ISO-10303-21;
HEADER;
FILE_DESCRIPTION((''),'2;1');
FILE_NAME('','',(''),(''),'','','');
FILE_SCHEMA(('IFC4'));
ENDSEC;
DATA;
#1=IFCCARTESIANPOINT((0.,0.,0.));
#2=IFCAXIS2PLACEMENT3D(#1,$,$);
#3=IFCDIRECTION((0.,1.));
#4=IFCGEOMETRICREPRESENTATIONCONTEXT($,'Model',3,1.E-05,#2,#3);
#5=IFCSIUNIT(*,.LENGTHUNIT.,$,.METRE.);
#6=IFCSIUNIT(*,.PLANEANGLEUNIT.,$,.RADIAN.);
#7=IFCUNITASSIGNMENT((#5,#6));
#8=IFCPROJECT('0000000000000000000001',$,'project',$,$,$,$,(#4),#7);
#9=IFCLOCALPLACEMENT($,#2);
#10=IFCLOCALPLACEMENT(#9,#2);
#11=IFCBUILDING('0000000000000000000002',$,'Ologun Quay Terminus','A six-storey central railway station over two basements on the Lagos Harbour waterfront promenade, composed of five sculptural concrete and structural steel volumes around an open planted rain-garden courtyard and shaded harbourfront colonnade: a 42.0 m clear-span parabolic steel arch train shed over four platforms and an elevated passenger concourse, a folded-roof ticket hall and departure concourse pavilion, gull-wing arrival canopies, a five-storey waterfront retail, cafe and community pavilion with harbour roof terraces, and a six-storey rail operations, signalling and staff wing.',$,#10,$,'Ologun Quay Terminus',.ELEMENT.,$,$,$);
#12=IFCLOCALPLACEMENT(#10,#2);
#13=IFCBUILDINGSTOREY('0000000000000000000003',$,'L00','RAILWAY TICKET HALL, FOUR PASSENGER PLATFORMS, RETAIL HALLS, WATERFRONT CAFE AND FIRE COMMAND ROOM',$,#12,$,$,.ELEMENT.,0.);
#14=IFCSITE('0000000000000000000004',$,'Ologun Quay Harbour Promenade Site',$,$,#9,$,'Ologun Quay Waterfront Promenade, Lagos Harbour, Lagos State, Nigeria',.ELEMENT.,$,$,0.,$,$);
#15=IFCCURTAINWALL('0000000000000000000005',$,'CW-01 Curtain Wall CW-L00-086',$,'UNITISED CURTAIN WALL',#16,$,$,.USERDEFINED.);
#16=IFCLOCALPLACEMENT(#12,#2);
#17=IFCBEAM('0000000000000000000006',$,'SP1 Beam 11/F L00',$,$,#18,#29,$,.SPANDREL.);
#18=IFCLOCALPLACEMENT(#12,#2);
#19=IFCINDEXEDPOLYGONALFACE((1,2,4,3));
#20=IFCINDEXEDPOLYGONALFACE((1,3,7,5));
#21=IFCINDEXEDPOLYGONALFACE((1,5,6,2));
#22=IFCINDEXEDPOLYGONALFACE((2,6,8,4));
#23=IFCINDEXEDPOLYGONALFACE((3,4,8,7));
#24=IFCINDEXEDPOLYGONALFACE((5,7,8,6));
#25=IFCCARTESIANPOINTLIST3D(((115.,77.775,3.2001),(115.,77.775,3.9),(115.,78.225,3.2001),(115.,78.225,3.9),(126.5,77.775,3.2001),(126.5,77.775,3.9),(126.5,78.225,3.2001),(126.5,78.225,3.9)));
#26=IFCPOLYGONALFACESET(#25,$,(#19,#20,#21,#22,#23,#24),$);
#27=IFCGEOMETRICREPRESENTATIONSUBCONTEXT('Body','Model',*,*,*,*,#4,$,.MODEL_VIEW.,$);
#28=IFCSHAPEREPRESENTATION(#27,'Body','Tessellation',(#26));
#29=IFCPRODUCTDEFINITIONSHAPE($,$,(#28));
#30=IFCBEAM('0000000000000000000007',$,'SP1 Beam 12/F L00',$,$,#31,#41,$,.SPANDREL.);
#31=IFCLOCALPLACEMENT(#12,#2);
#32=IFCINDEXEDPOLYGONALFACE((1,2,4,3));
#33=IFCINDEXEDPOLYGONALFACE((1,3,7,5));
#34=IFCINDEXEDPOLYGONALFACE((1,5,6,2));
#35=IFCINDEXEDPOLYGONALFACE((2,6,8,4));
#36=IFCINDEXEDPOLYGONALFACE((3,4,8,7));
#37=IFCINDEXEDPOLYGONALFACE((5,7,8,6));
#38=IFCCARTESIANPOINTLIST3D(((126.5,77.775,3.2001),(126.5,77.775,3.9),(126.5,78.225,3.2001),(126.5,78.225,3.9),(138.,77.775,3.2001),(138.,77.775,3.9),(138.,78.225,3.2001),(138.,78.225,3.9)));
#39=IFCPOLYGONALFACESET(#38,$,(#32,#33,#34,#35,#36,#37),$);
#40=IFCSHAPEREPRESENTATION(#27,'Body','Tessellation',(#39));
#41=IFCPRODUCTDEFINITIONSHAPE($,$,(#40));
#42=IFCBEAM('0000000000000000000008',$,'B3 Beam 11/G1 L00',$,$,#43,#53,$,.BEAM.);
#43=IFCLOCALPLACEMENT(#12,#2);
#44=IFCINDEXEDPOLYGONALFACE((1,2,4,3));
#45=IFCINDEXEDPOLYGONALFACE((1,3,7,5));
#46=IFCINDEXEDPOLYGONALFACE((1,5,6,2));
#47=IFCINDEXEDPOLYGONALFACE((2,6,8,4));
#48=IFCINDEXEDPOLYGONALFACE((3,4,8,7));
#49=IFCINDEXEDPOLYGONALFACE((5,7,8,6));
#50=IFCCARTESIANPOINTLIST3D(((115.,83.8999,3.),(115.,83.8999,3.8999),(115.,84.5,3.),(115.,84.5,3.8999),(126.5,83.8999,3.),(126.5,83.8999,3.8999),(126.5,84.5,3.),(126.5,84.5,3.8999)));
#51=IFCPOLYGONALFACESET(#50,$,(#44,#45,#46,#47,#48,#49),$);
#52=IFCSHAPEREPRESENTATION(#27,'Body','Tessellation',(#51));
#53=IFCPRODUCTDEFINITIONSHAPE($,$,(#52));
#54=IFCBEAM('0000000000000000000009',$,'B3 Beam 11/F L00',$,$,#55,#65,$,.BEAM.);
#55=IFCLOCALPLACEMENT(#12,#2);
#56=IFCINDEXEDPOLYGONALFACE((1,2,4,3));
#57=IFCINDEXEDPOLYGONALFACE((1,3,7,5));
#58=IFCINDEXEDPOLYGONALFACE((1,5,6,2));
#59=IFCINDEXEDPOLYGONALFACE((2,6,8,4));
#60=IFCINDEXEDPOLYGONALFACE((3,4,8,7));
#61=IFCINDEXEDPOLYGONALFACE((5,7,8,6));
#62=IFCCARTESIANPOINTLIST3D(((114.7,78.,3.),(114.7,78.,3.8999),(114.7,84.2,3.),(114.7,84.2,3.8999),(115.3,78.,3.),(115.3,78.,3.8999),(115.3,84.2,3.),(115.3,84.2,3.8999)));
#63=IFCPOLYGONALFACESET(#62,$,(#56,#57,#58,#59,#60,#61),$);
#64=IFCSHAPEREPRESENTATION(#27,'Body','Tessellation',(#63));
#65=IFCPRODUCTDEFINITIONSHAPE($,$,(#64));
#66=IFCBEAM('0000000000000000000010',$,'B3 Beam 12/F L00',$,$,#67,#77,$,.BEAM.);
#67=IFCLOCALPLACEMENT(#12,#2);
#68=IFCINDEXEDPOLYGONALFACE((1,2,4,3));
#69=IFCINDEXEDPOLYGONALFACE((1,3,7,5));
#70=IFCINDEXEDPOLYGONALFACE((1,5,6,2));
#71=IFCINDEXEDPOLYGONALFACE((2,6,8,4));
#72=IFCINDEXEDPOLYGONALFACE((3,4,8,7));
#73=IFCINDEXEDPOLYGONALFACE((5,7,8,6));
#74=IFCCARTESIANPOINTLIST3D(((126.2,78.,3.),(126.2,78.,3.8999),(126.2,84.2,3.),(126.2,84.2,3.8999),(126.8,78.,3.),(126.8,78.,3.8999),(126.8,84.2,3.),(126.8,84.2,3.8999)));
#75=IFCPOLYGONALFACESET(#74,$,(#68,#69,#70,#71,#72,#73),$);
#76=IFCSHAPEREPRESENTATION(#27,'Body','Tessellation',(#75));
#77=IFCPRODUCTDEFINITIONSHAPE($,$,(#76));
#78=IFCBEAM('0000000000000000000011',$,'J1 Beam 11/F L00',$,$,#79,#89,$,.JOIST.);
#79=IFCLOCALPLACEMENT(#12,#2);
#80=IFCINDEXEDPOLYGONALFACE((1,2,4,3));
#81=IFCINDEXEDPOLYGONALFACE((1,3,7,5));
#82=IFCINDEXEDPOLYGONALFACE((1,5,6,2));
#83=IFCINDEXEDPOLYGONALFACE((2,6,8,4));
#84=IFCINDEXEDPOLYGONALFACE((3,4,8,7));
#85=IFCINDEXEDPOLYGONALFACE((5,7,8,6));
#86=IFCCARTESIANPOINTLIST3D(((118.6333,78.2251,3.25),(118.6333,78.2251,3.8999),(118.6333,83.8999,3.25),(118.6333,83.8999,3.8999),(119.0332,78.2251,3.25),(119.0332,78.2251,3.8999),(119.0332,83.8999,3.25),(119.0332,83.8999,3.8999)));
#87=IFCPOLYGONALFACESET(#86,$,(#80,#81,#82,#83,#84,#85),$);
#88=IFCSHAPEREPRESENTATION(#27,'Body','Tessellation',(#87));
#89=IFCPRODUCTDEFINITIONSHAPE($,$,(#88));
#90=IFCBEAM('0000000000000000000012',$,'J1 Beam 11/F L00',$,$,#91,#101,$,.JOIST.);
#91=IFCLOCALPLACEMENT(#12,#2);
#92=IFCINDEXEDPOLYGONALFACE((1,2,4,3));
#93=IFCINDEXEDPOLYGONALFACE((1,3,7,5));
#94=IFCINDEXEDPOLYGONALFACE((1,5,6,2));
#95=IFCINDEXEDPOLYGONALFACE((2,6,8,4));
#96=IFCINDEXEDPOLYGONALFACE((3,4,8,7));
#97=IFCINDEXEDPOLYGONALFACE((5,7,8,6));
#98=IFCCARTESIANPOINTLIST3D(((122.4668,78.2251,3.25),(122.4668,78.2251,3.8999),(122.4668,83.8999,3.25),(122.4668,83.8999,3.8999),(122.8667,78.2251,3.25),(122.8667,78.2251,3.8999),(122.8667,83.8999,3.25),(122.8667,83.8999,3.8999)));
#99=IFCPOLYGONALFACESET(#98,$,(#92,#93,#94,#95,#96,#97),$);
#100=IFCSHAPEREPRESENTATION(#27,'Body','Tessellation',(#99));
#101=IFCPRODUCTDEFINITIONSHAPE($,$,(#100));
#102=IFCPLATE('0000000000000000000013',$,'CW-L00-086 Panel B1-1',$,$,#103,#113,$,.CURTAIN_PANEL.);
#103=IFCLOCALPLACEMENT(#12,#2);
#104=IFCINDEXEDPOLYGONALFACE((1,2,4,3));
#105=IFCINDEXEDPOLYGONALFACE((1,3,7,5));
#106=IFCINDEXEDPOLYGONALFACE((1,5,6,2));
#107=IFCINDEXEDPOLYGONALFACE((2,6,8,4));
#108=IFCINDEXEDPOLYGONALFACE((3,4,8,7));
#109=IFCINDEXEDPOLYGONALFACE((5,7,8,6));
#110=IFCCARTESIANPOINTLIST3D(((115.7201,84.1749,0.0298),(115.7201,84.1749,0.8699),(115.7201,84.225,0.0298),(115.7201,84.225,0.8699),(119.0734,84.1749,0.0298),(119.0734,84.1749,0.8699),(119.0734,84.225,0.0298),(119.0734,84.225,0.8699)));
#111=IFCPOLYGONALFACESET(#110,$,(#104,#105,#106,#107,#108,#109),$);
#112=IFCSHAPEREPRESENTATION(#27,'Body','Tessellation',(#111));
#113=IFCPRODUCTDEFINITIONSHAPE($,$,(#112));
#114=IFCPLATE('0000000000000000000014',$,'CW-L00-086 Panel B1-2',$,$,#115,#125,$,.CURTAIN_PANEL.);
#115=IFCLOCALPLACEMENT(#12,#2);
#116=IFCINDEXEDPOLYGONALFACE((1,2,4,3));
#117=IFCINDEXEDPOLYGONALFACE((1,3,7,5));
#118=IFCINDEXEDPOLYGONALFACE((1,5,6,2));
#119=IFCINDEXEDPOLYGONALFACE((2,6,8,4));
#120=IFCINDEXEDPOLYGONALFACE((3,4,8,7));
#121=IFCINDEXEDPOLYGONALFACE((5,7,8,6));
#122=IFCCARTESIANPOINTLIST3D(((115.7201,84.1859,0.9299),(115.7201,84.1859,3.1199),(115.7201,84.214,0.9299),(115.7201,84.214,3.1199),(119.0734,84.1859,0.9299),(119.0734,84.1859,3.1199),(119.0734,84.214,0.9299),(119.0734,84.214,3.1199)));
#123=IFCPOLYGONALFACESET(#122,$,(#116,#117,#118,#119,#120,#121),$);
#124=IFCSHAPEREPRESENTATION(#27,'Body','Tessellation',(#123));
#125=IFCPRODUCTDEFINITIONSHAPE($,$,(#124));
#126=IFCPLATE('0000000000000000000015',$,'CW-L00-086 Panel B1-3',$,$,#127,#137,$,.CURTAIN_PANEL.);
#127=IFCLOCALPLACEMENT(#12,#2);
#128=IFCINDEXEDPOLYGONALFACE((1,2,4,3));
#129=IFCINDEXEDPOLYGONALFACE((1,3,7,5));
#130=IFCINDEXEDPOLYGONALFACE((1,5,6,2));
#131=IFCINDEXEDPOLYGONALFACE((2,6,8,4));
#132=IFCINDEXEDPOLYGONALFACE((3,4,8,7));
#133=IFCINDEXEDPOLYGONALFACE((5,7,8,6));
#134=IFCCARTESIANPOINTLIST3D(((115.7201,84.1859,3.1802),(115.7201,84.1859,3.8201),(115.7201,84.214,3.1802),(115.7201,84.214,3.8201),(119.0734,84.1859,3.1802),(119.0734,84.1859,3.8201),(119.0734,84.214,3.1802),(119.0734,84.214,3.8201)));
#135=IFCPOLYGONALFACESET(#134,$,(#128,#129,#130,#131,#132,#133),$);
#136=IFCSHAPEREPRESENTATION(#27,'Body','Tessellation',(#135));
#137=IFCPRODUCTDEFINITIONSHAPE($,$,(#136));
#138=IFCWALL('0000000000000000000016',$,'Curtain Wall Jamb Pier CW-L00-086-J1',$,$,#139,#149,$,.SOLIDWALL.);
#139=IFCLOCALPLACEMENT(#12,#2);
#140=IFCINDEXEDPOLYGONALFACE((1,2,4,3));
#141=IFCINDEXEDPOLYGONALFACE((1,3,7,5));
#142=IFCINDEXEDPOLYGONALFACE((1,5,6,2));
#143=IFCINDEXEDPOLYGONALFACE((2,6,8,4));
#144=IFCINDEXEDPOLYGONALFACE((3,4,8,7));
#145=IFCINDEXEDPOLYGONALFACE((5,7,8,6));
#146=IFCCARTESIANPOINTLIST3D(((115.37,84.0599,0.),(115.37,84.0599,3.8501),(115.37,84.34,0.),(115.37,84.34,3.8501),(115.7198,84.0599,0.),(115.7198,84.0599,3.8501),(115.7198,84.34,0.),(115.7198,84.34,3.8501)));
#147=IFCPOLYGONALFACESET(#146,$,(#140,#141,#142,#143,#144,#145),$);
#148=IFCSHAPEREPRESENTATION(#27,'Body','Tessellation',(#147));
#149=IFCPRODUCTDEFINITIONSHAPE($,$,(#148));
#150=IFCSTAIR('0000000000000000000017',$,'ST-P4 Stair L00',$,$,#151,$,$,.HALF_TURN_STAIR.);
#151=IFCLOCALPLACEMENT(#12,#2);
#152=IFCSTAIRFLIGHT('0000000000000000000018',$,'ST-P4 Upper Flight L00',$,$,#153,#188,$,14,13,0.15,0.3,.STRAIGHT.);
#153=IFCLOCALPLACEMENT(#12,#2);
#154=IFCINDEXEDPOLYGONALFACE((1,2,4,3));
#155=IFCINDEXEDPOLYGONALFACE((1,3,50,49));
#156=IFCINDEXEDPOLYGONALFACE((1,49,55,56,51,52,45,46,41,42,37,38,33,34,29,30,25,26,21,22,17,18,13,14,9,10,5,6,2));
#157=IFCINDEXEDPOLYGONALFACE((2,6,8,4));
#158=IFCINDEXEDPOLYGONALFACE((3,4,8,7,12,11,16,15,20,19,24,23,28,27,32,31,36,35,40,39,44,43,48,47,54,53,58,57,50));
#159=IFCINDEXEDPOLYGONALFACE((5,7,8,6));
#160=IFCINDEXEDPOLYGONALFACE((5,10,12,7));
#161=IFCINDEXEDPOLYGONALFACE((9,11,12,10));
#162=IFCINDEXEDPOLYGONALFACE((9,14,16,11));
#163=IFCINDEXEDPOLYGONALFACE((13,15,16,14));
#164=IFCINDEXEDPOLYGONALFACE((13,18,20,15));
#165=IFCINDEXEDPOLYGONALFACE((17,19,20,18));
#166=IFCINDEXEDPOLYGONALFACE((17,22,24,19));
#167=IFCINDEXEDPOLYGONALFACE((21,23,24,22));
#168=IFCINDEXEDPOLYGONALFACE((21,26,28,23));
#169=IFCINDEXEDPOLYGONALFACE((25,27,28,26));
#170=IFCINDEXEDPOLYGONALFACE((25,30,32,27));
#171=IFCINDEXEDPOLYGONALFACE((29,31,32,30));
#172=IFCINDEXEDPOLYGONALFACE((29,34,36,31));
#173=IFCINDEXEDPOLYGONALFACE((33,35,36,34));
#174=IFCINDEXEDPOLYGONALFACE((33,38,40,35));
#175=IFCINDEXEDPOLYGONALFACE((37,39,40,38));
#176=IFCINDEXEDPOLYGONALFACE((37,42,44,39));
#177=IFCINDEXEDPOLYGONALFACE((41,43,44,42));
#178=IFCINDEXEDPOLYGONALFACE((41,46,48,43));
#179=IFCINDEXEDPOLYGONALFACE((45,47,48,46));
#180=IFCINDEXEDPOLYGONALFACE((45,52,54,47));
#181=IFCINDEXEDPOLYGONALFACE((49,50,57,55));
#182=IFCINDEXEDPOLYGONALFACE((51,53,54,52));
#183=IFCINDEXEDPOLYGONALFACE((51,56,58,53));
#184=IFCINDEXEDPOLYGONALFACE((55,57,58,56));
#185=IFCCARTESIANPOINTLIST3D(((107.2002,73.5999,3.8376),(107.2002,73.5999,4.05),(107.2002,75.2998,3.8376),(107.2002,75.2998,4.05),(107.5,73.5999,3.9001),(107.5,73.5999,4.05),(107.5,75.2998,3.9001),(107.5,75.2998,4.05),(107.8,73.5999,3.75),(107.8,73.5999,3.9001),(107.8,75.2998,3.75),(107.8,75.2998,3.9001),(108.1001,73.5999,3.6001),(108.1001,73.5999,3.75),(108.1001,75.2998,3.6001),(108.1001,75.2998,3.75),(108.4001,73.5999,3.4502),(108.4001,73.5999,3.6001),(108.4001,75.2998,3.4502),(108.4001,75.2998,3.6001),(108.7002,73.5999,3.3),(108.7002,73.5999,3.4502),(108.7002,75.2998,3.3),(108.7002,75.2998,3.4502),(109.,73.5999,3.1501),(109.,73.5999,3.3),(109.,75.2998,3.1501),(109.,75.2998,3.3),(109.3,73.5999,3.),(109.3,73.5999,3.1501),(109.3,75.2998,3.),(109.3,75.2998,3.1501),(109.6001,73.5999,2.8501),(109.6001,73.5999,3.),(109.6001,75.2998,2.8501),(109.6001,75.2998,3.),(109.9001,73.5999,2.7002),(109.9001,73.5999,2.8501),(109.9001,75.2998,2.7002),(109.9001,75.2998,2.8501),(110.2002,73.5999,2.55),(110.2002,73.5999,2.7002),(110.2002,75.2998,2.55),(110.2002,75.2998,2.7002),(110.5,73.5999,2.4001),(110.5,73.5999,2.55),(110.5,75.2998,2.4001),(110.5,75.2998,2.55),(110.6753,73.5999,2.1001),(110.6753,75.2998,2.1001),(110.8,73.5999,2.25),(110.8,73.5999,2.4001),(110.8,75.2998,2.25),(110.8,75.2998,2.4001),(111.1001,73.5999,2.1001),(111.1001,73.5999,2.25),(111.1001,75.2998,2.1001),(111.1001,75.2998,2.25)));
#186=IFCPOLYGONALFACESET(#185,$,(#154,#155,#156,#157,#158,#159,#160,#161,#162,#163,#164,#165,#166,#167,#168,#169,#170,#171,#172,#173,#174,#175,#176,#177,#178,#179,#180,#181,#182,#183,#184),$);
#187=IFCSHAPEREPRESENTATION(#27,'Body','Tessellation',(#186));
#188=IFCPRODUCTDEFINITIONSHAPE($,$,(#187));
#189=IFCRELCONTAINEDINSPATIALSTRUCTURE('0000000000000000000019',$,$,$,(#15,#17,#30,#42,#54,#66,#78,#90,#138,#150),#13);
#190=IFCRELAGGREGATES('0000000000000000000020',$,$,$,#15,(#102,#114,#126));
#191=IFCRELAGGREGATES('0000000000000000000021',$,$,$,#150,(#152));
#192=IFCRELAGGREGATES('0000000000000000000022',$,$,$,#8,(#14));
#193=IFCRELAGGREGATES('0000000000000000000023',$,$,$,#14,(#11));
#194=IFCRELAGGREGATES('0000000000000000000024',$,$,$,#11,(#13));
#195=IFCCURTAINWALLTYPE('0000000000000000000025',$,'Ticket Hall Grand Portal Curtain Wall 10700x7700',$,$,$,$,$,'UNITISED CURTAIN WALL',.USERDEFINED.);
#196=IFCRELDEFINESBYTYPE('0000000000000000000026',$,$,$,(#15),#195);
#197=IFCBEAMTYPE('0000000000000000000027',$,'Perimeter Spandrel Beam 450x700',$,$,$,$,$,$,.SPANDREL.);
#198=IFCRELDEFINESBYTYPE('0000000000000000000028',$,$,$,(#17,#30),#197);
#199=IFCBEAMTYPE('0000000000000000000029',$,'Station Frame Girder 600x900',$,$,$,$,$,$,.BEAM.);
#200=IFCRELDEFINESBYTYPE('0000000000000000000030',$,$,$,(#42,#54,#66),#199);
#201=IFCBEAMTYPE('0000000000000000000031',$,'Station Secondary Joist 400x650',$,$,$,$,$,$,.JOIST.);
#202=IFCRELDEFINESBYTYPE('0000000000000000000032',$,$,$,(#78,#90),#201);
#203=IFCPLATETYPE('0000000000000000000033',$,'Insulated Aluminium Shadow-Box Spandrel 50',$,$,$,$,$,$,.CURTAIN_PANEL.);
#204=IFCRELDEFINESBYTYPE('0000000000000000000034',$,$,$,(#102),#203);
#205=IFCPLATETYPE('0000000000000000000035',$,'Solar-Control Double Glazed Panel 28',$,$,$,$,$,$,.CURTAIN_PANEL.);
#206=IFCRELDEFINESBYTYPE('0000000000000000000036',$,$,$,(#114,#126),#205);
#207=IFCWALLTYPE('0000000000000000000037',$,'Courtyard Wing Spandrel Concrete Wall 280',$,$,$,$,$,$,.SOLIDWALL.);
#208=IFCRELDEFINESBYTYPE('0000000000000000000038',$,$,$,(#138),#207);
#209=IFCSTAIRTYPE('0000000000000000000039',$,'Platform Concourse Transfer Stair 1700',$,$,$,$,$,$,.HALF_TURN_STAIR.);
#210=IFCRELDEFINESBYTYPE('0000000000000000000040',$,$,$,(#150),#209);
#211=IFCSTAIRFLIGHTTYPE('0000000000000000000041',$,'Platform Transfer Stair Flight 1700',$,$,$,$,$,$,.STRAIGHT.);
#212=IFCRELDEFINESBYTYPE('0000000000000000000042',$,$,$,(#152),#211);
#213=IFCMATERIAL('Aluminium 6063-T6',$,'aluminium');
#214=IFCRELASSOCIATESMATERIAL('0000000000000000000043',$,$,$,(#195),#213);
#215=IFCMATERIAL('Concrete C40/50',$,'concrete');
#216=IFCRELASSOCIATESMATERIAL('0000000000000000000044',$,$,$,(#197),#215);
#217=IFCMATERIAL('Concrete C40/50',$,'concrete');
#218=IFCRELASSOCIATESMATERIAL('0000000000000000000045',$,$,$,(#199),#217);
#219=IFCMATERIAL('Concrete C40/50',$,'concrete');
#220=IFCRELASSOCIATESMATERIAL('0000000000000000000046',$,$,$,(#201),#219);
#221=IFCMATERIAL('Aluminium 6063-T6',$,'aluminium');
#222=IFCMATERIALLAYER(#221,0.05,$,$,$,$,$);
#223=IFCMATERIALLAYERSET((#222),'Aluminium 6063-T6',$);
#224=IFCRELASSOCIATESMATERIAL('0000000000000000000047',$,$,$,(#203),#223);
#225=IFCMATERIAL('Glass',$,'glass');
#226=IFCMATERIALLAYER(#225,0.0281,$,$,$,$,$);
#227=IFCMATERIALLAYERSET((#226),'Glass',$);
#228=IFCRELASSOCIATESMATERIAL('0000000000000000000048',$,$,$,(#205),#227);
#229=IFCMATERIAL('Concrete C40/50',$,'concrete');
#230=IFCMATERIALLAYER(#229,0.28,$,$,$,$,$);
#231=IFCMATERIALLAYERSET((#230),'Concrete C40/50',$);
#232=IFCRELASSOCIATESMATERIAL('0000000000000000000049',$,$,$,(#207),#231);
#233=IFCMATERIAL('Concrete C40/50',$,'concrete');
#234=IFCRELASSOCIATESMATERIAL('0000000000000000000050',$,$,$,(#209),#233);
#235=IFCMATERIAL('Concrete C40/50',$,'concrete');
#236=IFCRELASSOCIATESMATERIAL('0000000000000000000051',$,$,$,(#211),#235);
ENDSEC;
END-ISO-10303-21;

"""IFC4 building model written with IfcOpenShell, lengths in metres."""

from ifc_helpers import new_model, si_unit, direction, frame, frame_2d, origin, origin_2d, place, context, subcontext, project, spatial, polyline, rectangle, outline, extrude, material, layer, layer_set, material_profile, profile_set, type_object, element, aggregate, save


model = new_model("IFC4")

# Units and contexts
model_context = context("Model", 3, precision=1e-05, world=origin(), true_north=direction((0.0, 1.0)))
body_context = subcontext(model_context, "Body", "Model", "MODEL_VIEW")
ifc_project = project(units=[si_unit("LENGTHUNIT", "METRE"), si_unit("PLANEANGLEUNIT", "RADIAN")], contexts=[model_context])

# Site, building, storey
site_placement = place(None, origin())
site = spatial("IfcSite", under=ifc_project, at=site_placement, Name="Ologun Quay Harbour Promenade Site", LongName="Ologun Quay Waterfront Promenade, Lagos Harbour, Lagos State, Nigeria", CompositionType="ELEMENT", RefElevation=0.0)
building_placement = place(site_placement, origin())
building = spatial("IfcBuilding", under=site, at=building_placement, Name="Ologun Quay Terminus", Description="A six-storey central railway station over two basements on the Lagos Harbour waterfront promenade, composed of five sculptural concrete and structural steel volumes around an open planted rain-garden courtyard and shaded harbourfront colonnade: a 42.0 m clear-span parabolic steel arch train shed over four platforms and an elevated passenger concourse, a folded-roof ticket hall and departure concourse pavilion, gull-wing arrival canopies, a five-storey waterfront retail, cafe and community pavilion with harbour roof terraces, and a six-storey rail operations, signalling and staff wing.", LongName="Ologun Quay Terminus", CompositionType="ELEMENT")
storey_placement = place(building_placement, origin())
storey = spatial("IfcBuildingStorey", under=building, at=storey_placement, Name="L00", Description="RAILWAY TICKET HALL, FOUR PASSENGER PLATFORMS, RETAIL HALLS, WATERFRONT CAFE AND FIRE COMMAND ROOM", CompositionType="ELEMENT", Elevation=0.0)

# Curtain wall
ifc_material_1 = material(Name="Aluminium 6063-T6", Category="aluminium")
curtain_wall_type = type_object("IfcCurtainWallType", Name="Ticket Hall Grand Portal Curtain Wall 10700x7700", ElementType="UNITISED CURTAIN WALL", PredefinedType="USERDEFINED", material=ifc_material_1)
curtain_wall_placement = place(storey_placement, origin())
curtain_wall = element("IfcCurtainWall", 1, at=curtain_wall_placement, inside=storey, type_object=curtain_wall_type, Name="CW-01 Curtain Wall CW-L00-086", ObjectType="UNITISED CURTAIN WALL", PredefinedType="USERDEFINED")

# Beams
ifc_material_2 = material(Name="Concrete C40/50", Category="concrete")
ifc_material_profile_1 = material_profile(ifc_material_2, rectangle(XDim=0.45, YDim=0.7, at=origin_2d()), Name="RC 450x700")
ifc_profile_set_1 = profile_set([ifc_material_profile_1], Name="Concrete C40/50")
beam_type_1 = type_object("IfcBeamType", Name="Perimeter Spandrel Beam 450x700", PredefinedType="SPANDREL", material=ifc_profile_set_1)
for number, where, z_axis, x_axis, name in (
    (2, (115.0, 78.0, 3.55), (1.0, 0.0, 0.0), (0.0, 1.0, 0.0), "SP1 Beam 11/F L00"),
    (3, (126.5, 78.0, 3.55), (1.0, 0.0, 0.0), (0.0, 1.0, 0.0), "SP1 Beam 12/F L00"),
):
    element("IfcBeam", number, at=place(storey_placement, frame(where, z_axis=z_axis, x_axis=x_axis)), inside=storey, type_object=beam_type_1, Name=name, PredefinedType="SPANDREL", context=body_context, shape_type="SweptSolid", body=[
        extrude(rectangle(XDim=0.45, YDim=0.7, at=origin_2d()), origin(), (0.0, 0.0, 1.0), 11.5),
    ])
ifc_material_3 = material(Name="Concrete C40/50", Category="concrete")
ifc_material_profile_2 = material_profile(ifc_material_3, rectangle(XDim=0.6001, YDim=0.8999, at=origin_2d()), Name="RC 600x900")
ifc_profile_set_2 = profile_set([ifc_material_profile_2], Name="Concrete C40/50")
beam_type_2 = type_object("IfcBeamType", Name="Station Frame Girder 600x900", PredefinedType="BEAM", material=ifc_profile_set_2)
beam_placement = place(storey_placement, frame((115.0, 84.2, 3.45), z_axis=(1.0, 0.0, 0.0), x_axis=(0.0, 1.0, 0.0)))
element("IfcBeam", 4, at=beam_placement, inside=storey, type_object=beam_type_2, Name="B3 Beam 11/G1 L00", PredefinedType="BEAM", context=body_context, shape_type="SweptSolid", body=[
    extrude(rectangle(XDim=0.6001, YDim=0.8999, at=origin_2d()), origin(), (0.0, 0.0, 1.0), 11.5),
])
for number, where, z_axis, x_axis, name in (
    (5, (115.0, 78.0, 3.45), (0.0, 1.0, 0.0), (-1.0, 0.0, 0.0), "B3 Beam 11/F L00"),
    (6, (126.5, 78.0, 3.45), (0.0, 1.0, 0.0), (-1.0, 0.0, 0.0), "B3 Beam 12/F L00"),
):
    element("IfcBeam", number, at=place(storey_placement, frame(where, z_axis=z_axis, x_axis=x_axis)), inside=storey, type_object=beam_type_2, Name=name, PredefinedType="BEAM", context=body_context, shape_type="SweptSolid", body=[
        extrude(rectangle(XDim=0.6001, YDim=0.8999, at=origin_2d()), origin(), (0.0, 0.0, 1.0), 6.2),
    ])
ifc_material_4 = material(Name="Concrete C40/50", Category="concrete")
ifc_material_profile_3 = material_profile(ifc_material_4, rectangle(XDim=0.3999, YDim=0.6499, at=origin_2d()), Name="RC 400x650")
ifc_profile_set_3 = profile_set([ifc_material_profile_3], Name="Concrete C40/50")
beam_type_3 = type_object("IfcBeamType", Name="Station Secondary Joist 400x650", PredefinedType="JOIST", material=ifc_profile_set_3)
for number, where, z_axis, x_axis, name in (
    (7, (118.8333, 78.2251, 3.575), (0.0, 1.0, 0.0), (-1.0, 0.0, 0.0), "J1 Beam 11/F L00"),
    (8, (122.6667, 78.2251, 3.575), (0.0, 1.0, 0.0), (-1.0, 0.0, 0.0), "J1 Beam 11/F L00"),
):
    element("IfcBeam", number, at=place(storey_placement, frame(where, z_axis=z_axis, x_axis=x_axis)), inside=storey, type_object=beam_type_3, Name=name, PredefinedType="JOIST", context=body_context, shape_type="SweptSolid", body=[
        extrude(rectangle(XDim=0.3999, YDim=0.6499, at=origin_2d()), origin(), (0.0, 0.0, 1.0), 5.6748),
    ])

# Plates
ifc_material_5 = material(Name="Aluminium 6063-T6", Category="aluminium")
ifc_layer_1 = layer(ifc_material_5, 0.05)
ifc_layer_set_1 = layer_set([ifc_layer_1], Name="Aluminium 6063-T6")
plate_type_1 = type_object("IfcPlateType", Name="Insulated Aluminium Shadow-Box Spandrel 50", PredefinedType="CURTAIN_PANEL", material=ifc_layer_set_1)
plate_1_placement = place(storey_placement, frame((117.3967, 84.2, 0.0298), z_axis=(0.0, 0.0, 1.0), x_axis=(1.0, 0.0, 0.0)))
plate_1 = element("IfcPlate", 9, at=plate_1_placement, type_object=plate_type_1, Name="CW-L00-086 Panel B1-1", PredefinedType="CURTAIN_PANEL", context=body_context, shape_type="SweptSolid", body=[
    extrude(rectangle(XDim=3.3533, YDim=0.05, at=origin_2d()), origin(), (0.0, 0.0, 1.0), 0.8401),
])
ifc_material_6 = material(Name="Glass", Category="glass")
ifc_layer_2 = layer(ifc_material_6, 0.0281)
ifc_layer_set_2 = layer_set([ifc_layer_2], Name="Glass")
plate_type_2 = type_object("IfcPlateType", Name="Solar-Control Double Glazed Panel 28", PredefinedType="CURTAIN_PANEL", material=ifc_layer_set_2)
plate_2_placement = place(storey_placement, frame((117.3967, 84.2, 0.9299), z_axis=(0.0, 0.0, 1.0), x_axis=(1.0, 0.0, 0.0)))
plate_2 = element("IfcPlate", 10, at=plate_2_placement, type_object=plate_type_2, Name="CW-L00-086 Panel B1-2", PredefinedType="CURTAIN_PANEL", context=body_context, shape_type="SweptSolid", body=[
    extrude(rectangle(XDim=3.3533, YDim=0.0281, at=origin_2d()), origin(), (0.0, 0.0, 1.0), 2.1899),
])
plate_3_placement = place(storey_placement, frame((117.3967, 84.2, 3.1802), z_axis=(0.0, 0.0, 1.0), x_axis=(1.0, 0.0, 0.0)))
plate_3 = element("IfcPlate", 11, at=plate_3_placement, type_object=plate_type_2, Name="CW-L00-086 Panel B1-3", PredefinedType="CURTAIN_PANEL", context=body_context, shape_type="SweptSolid", body=[
    extrude(rectangle(XDim=3.3533, YDim=0.0281, at=origin_2d()), origin(), (0.0, 0.0, 1.0), 0.6399),
])
aggregate(curtain_wall, [plate_1, plate_2, plate_3])

# Wall
ifc_material_7 = material(Name="Concrete C40/50", Category="concrete")
ifc_layer_3 = layer(ifc_material_7, 0.28)
ifc_layer_set_3 = layer_set([ifc_layer_3], Name="Concrete C40/50")
wall_type = type_object("IfcWallType", Name="Courtyard Wing Spandrel Concrete Wall 280", PredefinedType="SOLIDWALL", material=ifc_layer_set_3)
wall_placement = place(storey_placement, frame((115.3701, 84.2, 0.0), z_axis=(0.0, 0.0, 1.0), x_axis=(1.0, 0.0, 0.0)))
element("IfcWall", 12, at=wall_placement, inside=storey, type_object=wall_type, Name="Curtain Wall Jamb Pier CW-L00-086-J1", PredefinedType="SOLIDWALL", context=body_context, shape_type="SweptSolid", body=[
    extrude(rectangle(XDim=0.3499, YDim=0.28, at=frame_2d((0.1748, 0.0))), origin(), (0.0, 0.0, 1.0), 3.8501),
])

# Stair, stair flight
ifc_material_8 = material(Name="Concrete C40/50", Category="concrete")
stair_type = type_object("IfcStairType", Name="Platform Concourse Transfer Stair 1700", PredefinedType="HALF_TURN_STAIR", material=ifc_material_8)
stair_placement = place(storey_placement, origin())
stair = element("IfcStair", 13, at=stair_placement, inside=storey, type_object=stair_type, Name="ST-P4 Stair L00", PredefinedType="HALF_TURN_STAIR")
ifc_material_9 = material(Name="Concrete C40/50", Category="concrete")
stair_flight_type = type_object("IfcStairFlightType", Name="Platform Transfer Stair Flight 1700", PredefinedType="STRAIGHT", material=ifc_material_9)
stair_flight_placement = place(storey_placement, frame((111.1001, 74.45, 2.1001), z_axis=(0.0, 0.0, 1.0), x_axis=(-1.0, 0.0, 0.0)))
stair_flight = element("IfcStairFlight", 14, at=stair_flight_placement, type_object=stair_flight_type, Name="ST-P4 Upper Flight L00", NumberOfRisers=14, NumberOfTreads=13, PredefinedType="STRAIGHT", RiserHeight=0.15, TreadLength=0.3, context=body_context, shape_type="SweptSolid", body=[
    extrude(outline(polyline([(0.0, 0.0), (0.0, 0.1499), (0.3, 0.1499), (0.3, 0.3), (0.6001, 0.3), (0.6001, 0.45), (0.8999, 0.45), (0.8999, 0.6001), (1.2, 0.6001), (1.2, 0.75), (1.5, 0.75), (1.5, 0.8999), (1.8, 0.8999), (1.8, 1.05), (2.1001, 1.05), (2.1001, 1.2), (2.3999, 1.2), (2.3999, 1.3501), (2.7, 1.3501), (2.7, 1.5), (3.0, 1.5), (3.0, 1.6499), (3.3, 1.6499), (3.3, 1.8), (3.6001, 1.8), (3.6001, 1.95), (3.8999, 1.95), (3.8999, 2.1001), (3.8999, 1.7375), (0.4248, 0.0), (0.0, 0.0)])), frame((0.0, 0.8501, 0.0), z_axis=(0.0, -1.0, 0.0), x_axis=(1.0, 0.0, 0.0)), (0.0, 0.0, 1.0), 1.7),
])
aggregate(stair, [stair_flight])

save(model, "model.ifc")
